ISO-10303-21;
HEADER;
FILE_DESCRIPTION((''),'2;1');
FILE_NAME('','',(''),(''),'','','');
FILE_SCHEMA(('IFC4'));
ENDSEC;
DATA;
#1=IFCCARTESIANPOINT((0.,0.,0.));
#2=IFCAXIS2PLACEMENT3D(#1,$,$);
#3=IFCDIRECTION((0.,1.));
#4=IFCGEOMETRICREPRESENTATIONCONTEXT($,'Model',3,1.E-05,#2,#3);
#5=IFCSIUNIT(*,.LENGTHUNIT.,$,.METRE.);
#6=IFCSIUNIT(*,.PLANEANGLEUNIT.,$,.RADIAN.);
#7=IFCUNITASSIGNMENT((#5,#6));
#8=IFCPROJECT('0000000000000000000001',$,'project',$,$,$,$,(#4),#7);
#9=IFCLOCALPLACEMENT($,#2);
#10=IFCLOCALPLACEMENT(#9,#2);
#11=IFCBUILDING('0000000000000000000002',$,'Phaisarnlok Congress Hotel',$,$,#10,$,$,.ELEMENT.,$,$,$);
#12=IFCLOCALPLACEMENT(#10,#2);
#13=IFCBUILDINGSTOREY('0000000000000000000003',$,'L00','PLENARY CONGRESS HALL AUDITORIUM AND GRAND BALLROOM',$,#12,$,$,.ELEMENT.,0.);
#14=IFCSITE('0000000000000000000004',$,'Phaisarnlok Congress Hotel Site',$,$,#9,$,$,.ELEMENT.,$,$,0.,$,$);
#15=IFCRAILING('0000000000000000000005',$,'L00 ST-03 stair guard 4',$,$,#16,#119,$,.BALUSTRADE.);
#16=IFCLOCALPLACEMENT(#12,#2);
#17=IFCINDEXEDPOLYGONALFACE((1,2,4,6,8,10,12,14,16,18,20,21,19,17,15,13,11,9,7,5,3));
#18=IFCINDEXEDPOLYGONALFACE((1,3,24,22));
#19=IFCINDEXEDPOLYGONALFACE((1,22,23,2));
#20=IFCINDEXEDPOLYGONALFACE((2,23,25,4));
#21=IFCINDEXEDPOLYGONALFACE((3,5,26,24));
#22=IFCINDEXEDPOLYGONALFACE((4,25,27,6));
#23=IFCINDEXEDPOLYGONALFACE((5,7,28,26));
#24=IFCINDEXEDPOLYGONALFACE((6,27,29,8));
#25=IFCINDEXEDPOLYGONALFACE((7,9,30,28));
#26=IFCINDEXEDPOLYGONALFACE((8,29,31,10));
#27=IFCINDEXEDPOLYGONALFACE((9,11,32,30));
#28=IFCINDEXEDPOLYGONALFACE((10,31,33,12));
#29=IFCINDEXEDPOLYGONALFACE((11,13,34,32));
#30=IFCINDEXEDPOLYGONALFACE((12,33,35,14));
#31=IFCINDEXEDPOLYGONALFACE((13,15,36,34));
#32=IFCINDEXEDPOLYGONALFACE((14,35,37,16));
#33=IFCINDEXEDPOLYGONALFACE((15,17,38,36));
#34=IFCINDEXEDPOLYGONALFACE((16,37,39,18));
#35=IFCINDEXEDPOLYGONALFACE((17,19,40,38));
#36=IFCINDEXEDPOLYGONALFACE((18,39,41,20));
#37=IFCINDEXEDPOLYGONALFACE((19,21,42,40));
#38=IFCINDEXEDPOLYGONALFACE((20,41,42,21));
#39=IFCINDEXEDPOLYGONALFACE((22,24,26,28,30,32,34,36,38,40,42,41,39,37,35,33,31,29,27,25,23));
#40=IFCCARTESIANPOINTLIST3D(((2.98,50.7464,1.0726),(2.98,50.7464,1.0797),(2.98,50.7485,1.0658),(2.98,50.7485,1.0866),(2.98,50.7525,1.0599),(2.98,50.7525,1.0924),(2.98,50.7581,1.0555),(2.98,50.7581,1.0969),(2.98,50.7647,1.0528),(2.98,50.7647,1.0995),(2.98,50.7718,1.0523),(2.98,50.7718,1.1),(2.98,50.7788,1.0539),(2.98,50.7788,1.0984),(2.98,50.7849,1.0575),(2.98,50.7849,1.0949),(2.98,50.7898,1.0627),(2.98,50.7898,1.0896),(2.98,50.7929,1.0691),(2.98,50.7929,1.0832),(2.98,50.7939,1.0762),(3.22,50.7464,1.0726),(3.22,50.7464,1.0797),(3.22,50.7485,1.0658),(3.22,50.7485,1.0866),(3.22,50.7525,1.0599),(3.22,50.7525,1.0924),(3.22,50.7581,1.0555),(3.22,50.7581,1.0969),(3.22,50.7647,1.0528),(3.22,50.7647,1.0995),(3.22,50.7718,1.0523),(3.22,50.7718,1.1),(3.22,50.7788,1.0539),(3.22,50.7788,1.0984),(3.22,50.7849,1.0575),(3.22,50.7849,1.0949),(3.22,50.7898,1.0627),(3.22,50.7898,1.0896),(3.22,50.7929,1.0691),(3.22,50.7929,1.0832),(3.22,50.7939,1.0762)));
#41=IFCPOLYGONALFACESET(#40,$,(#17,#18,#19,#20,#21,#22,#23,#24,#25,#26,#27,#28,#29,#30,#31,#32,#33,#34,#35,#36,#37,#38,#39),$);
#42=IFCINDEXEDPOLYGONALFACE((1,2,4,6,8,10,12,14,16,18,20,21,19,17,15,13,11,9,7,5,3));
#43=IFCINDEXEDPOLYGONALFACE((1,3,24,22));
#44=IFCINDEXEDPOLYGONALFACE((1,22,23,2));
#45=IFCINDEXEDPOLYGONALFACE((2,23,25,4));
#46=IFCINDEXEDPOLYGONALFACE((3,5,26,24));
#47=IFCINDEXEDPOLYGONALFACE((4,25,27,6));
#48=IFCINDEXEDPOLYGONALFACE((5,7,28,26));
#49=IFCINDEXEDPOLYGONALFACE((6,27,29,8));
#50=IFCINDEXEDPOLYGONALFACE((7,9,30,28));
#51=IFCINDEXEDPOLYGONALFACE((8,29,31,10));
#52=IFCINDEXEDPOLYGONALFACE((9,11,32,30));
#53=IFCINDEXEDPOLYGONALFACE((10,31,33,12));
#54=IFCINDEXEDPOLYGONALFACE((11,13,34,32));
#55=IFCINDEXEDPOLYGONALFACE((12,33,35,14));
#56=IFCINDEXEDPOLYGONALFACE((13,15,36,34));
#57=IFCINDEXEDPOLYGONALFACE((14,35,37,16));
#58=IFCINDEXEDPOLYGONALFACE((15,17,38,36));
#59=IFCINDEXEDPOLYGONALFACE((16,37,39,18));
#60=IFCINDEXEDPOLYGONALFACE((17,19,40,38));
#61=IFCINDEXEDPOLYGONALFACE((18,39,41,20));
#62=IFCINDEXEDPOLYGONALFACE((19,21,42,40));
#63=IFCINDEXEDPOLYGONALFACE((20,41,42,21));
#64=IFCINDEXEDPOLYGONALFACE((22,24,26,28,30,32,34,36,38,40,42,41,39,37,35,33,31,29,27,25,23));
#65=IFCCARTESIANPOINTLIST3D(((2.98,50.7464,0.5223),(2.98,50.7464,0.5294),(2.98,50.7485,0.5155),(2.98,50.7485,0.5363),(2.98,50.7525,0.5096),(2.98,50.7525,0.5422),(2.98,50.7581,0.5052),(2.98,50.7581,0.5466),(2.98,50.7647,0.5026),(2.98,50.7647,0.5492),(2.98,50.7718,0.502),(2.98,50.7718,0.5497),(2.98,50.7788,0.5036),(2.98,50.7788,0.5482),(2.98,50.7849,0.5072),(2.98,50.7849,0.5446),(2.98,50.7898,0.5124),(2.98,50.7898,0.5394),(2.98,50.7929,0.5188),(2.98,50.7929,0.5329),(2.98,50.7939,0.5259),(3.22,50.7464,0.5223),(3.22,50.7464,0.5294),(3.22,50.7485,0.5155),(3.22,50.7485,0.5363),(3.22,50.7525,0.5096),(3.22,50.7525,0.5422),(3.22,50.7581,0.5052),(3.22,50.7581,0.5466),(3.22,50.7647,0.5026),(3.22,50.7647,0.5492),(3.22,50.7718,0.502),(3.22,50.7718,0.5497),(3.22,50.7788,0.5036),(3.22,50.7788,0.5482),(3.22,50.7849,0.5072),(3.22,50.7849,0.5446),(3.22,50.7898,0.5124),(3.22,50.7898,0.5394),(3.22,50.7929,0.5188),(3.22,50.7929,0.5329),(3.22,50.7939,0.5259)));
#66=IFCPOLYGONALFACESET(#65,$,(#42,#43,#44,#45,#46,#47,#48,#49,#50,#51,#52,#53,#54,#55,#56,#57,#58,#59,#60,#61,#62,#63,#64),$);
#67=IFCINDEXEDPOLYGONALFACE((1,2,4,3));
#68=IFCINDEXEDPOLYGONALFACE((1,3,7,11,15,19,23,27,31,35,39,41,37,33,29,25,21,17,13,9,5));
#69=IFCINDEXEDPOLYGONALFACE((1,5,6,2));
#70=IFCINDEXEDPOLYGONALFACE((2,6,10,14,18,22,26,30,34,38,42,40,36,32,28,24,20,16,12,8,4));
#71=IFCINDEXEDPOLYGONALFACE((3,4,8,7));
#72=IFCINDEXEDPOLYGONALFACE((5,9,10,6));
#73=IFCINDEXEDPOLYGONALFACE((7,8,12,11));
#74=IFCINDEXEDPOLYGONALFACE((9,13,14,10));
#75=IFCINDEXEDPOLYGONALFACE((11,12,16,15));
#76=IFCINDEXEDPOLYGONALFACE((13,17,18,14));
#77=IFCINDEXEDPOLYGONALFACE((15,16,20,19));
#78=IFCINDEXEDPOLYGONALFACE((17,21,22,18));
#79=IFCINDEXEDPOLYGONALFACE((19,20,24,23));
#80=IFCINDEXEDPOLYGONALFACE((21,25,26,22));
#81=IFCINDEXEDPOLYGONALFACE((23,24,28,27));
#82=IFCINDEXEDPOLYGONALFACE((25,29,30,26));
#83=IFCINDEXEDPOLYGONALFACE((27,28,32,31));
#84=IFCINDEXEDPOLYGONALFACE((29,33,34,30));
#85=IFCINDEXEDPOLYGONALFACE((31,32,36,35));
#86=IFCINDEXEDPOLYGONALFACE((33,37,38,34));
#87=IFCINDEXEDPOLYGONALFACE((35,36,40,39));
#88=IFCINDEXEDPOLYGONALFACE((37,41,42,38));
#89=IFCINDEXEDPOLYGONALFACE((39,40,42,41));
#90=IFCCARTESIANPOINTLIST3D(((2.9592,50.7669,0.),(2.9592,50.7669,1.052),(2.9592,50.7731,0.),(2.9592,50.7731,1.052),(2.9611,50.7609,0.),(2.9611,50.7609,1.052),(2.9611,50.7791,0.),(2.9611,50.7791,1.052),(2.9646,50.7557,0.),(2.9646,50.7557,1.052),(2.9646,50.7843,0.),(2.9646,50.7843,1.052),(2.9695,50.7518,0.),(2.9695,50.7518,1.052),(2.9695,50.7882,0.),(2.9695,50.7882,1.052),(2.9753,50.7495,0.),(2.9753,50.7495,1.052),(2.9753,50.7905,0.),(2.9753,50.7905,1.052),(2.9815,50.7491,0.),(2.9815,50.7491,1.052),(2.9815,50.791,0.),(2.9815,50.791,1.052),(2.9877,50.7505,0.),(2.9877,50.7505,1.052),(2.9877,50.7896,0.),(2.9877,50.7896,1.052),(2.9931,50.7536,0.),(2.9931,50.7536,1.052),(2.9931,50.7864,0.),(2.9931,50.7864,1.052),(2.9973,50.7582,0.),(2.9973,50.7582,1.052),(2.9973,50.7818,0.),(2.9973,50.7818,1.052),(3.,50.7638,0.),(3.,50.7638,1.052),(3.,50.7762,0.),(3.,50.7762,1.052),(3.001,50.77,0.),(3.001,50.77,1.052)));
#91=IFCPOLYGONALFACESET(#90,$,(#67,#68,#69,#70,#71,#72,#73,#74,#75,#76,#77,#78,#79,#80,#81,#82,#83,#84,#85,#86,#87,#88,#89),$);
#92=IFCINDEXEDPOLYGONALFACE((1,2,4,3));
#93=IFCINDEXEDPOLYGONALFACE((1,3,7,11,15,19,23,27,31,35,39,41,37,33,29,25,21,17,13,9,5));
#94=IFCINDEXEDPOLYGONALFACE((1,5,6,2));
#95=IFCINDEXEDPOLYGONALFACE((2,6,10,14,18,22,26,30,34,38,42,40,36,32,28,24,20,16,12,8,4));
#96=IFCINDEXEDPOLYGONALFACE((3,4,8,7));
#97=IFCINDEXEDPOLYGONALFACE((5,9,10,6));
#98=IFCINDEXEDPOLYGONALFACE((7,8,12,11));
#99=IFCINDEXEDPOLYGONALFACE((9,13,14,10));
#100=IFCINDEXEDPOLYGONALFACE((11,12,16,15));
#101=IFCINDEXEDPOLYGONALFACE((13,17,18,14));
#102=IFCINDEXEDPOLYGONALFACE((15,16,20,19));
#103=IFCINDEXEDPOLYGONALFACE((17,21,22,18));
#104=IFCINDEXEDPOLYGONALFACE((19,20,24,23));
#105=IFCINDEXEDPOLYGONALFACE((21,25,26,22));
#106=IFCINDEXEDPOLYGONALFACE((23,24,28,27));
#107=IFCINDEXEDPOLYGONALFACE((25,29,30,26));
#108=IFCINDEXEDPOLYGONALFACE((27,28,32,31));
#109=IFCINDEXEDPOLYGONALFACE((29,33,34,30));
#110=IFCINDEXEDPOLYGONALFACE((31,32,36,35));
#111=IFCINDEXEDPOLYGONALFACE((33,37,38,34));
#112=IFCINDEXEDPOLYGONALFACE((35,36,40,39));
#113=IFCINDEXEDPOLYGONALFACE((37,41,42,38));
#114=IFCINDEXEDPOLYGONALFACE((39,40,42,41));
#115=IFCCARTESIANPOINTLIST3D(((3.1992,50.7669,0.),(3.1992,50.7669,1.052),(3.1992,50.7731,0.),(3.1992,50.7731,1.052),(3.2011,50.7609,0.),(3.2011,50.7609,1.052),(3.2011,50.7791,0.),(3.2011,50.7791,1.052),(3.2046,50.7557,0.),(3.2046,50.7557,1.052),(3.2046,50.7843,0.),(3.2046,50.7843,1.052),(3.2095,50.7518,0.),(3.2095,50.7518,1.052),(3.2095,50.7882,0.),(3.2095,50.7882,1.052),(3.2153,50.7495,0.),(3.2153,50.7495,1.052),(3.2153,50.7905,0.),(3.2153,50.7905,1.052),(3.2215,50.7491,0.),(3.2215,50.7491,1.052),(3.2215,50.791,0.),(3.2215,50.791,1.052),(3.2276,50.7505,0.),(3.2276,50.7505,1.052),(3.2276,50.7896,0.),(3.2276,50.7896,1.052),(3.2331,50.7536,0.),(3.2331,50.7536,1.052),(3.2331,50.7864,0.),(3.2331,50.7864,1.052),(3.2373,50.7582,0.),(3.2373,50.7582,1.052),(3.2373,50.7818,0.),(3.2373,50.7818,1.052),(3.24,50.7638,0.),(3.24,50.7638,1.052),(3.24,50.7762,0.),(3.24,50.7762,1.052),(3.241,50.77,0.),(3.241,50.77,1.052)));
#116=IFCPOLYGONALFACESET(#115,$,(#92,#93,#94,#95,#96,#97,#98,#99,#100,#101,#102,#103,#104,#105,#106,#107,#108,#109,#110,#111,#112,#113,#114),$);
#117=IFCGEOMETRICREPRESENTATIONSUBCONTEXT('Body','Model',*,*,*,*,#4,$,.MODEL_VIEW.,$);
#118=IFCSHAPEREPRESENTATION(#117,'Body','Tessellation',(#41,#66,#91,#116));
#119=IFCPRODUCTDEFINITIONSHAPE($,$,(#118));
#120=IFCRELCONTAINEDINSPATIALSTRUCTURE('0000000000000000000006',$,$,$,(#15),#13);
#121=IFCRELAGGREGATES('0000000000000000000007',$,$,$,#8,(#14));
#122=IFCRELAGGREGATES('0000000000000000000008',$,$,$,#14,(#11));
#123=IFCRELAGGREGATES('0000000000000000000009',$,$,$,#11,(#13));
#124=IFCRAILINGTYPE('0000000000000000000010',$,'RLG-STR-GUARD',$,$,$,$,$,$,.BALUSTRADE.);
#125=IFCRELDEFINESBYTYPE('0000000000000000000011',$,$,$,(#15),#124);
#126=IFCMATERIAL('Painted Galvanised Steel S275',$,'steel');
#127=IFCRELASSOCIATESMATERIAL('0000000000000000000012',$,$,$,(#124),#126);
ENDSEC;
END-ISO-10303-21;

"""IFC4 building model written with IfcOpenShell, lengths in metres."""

from ifc_helpers import new_model, si_unit, direction, frame, origin, origin_2d, place, context, subcontext, project, spatial, circle, extrude, material, type_object, element, save


model = new_model("IFC4")

# Units and contexts
model_context = context("Model", 3, precision=1e-05, world=origin(), true_north=direction((0.0, 1.0)))
body_context = subcontext(model_context, "Body", "Model", "MODEL_VIEW")
ifc_project = project(units=[si_unit("LENGTHUNIT", "METRE"), si_unit("PLANEANGLEUNIT", "RADIAN")], contexts=[model_context])

# Site, building, storey
site_placement = place(None, origin())
site = spatial("IfcSite", under=ifc_project, at=site_placement, Name="Phaisarnlok Congress Hotel Site", CompositionType="ELEMENT", RefElevation=0.0)
building_placement = place(site_placement, origin())
building = spatial("IfcBuilding", under=site, at=building_placement, Name="Phaisarnlok Congress Hotel", CompositionType="ELEMENT")
storey_placement = place(building_placement, origin())
storey = spatial("IfcBuildingStorey", under=building, at=storey_placement, Name="L00", Description="PLENARY CONGRESS HALL AUDITORIUM AND GRAND BALLROOM", CompositionType="ELEMENT", Elevation=0.0)

# Railing
ifc_material_1 = material(Name="Painted Galvanised Steel S275", Category="steel")
railing_type_1 = type_object("IfcRailingType", Name="RLG-STR-GUARD", PredefinedType="BALUSTRADE", material=ifc_material_1)
railing_1_placement = place(storey_placement, frame((2.98, 50.77, 0.0)))
element("IfcRailing", 1, at=railing_1_placement, inside=storey, type_object=railing_type_1, Name="L00 ST-03 stair guard 4", PredefinedType="BALUSTRADE", context=body_context, shape_type="SweptSolid", body=[
    extrude(circle(Radius=0.0239, at=origin_2d()), frame((0.0, 0.0, 1.0762), z_axis=(1.0, 0.0, 0.0), x_axis=(0.0, 1.0, 0.0)), (0.0, 0.0, 1.0), 0.24),
    extrude(circle(Radius=0.0239, at=origin_2d()), frame((0.0, 0.0, 0.5259), z_axis=(1.0, 0.0, 0.0), x_axis=(0.0, 1.0, 0.0)), (0.0, 0.0, 1.0), 0.24),
    extrude(circle(Radius=0.021, at=origin_2d()), origin(), (0.0, 0.0, 1.0), 1.052),
    extrude(circle(Radius=0.021, at=origin_2d()), frame((0.24, 0.0, 0.0)), (0.0, 0.0, 1.0), 1.052),
])

save(model, "model.ifc")
